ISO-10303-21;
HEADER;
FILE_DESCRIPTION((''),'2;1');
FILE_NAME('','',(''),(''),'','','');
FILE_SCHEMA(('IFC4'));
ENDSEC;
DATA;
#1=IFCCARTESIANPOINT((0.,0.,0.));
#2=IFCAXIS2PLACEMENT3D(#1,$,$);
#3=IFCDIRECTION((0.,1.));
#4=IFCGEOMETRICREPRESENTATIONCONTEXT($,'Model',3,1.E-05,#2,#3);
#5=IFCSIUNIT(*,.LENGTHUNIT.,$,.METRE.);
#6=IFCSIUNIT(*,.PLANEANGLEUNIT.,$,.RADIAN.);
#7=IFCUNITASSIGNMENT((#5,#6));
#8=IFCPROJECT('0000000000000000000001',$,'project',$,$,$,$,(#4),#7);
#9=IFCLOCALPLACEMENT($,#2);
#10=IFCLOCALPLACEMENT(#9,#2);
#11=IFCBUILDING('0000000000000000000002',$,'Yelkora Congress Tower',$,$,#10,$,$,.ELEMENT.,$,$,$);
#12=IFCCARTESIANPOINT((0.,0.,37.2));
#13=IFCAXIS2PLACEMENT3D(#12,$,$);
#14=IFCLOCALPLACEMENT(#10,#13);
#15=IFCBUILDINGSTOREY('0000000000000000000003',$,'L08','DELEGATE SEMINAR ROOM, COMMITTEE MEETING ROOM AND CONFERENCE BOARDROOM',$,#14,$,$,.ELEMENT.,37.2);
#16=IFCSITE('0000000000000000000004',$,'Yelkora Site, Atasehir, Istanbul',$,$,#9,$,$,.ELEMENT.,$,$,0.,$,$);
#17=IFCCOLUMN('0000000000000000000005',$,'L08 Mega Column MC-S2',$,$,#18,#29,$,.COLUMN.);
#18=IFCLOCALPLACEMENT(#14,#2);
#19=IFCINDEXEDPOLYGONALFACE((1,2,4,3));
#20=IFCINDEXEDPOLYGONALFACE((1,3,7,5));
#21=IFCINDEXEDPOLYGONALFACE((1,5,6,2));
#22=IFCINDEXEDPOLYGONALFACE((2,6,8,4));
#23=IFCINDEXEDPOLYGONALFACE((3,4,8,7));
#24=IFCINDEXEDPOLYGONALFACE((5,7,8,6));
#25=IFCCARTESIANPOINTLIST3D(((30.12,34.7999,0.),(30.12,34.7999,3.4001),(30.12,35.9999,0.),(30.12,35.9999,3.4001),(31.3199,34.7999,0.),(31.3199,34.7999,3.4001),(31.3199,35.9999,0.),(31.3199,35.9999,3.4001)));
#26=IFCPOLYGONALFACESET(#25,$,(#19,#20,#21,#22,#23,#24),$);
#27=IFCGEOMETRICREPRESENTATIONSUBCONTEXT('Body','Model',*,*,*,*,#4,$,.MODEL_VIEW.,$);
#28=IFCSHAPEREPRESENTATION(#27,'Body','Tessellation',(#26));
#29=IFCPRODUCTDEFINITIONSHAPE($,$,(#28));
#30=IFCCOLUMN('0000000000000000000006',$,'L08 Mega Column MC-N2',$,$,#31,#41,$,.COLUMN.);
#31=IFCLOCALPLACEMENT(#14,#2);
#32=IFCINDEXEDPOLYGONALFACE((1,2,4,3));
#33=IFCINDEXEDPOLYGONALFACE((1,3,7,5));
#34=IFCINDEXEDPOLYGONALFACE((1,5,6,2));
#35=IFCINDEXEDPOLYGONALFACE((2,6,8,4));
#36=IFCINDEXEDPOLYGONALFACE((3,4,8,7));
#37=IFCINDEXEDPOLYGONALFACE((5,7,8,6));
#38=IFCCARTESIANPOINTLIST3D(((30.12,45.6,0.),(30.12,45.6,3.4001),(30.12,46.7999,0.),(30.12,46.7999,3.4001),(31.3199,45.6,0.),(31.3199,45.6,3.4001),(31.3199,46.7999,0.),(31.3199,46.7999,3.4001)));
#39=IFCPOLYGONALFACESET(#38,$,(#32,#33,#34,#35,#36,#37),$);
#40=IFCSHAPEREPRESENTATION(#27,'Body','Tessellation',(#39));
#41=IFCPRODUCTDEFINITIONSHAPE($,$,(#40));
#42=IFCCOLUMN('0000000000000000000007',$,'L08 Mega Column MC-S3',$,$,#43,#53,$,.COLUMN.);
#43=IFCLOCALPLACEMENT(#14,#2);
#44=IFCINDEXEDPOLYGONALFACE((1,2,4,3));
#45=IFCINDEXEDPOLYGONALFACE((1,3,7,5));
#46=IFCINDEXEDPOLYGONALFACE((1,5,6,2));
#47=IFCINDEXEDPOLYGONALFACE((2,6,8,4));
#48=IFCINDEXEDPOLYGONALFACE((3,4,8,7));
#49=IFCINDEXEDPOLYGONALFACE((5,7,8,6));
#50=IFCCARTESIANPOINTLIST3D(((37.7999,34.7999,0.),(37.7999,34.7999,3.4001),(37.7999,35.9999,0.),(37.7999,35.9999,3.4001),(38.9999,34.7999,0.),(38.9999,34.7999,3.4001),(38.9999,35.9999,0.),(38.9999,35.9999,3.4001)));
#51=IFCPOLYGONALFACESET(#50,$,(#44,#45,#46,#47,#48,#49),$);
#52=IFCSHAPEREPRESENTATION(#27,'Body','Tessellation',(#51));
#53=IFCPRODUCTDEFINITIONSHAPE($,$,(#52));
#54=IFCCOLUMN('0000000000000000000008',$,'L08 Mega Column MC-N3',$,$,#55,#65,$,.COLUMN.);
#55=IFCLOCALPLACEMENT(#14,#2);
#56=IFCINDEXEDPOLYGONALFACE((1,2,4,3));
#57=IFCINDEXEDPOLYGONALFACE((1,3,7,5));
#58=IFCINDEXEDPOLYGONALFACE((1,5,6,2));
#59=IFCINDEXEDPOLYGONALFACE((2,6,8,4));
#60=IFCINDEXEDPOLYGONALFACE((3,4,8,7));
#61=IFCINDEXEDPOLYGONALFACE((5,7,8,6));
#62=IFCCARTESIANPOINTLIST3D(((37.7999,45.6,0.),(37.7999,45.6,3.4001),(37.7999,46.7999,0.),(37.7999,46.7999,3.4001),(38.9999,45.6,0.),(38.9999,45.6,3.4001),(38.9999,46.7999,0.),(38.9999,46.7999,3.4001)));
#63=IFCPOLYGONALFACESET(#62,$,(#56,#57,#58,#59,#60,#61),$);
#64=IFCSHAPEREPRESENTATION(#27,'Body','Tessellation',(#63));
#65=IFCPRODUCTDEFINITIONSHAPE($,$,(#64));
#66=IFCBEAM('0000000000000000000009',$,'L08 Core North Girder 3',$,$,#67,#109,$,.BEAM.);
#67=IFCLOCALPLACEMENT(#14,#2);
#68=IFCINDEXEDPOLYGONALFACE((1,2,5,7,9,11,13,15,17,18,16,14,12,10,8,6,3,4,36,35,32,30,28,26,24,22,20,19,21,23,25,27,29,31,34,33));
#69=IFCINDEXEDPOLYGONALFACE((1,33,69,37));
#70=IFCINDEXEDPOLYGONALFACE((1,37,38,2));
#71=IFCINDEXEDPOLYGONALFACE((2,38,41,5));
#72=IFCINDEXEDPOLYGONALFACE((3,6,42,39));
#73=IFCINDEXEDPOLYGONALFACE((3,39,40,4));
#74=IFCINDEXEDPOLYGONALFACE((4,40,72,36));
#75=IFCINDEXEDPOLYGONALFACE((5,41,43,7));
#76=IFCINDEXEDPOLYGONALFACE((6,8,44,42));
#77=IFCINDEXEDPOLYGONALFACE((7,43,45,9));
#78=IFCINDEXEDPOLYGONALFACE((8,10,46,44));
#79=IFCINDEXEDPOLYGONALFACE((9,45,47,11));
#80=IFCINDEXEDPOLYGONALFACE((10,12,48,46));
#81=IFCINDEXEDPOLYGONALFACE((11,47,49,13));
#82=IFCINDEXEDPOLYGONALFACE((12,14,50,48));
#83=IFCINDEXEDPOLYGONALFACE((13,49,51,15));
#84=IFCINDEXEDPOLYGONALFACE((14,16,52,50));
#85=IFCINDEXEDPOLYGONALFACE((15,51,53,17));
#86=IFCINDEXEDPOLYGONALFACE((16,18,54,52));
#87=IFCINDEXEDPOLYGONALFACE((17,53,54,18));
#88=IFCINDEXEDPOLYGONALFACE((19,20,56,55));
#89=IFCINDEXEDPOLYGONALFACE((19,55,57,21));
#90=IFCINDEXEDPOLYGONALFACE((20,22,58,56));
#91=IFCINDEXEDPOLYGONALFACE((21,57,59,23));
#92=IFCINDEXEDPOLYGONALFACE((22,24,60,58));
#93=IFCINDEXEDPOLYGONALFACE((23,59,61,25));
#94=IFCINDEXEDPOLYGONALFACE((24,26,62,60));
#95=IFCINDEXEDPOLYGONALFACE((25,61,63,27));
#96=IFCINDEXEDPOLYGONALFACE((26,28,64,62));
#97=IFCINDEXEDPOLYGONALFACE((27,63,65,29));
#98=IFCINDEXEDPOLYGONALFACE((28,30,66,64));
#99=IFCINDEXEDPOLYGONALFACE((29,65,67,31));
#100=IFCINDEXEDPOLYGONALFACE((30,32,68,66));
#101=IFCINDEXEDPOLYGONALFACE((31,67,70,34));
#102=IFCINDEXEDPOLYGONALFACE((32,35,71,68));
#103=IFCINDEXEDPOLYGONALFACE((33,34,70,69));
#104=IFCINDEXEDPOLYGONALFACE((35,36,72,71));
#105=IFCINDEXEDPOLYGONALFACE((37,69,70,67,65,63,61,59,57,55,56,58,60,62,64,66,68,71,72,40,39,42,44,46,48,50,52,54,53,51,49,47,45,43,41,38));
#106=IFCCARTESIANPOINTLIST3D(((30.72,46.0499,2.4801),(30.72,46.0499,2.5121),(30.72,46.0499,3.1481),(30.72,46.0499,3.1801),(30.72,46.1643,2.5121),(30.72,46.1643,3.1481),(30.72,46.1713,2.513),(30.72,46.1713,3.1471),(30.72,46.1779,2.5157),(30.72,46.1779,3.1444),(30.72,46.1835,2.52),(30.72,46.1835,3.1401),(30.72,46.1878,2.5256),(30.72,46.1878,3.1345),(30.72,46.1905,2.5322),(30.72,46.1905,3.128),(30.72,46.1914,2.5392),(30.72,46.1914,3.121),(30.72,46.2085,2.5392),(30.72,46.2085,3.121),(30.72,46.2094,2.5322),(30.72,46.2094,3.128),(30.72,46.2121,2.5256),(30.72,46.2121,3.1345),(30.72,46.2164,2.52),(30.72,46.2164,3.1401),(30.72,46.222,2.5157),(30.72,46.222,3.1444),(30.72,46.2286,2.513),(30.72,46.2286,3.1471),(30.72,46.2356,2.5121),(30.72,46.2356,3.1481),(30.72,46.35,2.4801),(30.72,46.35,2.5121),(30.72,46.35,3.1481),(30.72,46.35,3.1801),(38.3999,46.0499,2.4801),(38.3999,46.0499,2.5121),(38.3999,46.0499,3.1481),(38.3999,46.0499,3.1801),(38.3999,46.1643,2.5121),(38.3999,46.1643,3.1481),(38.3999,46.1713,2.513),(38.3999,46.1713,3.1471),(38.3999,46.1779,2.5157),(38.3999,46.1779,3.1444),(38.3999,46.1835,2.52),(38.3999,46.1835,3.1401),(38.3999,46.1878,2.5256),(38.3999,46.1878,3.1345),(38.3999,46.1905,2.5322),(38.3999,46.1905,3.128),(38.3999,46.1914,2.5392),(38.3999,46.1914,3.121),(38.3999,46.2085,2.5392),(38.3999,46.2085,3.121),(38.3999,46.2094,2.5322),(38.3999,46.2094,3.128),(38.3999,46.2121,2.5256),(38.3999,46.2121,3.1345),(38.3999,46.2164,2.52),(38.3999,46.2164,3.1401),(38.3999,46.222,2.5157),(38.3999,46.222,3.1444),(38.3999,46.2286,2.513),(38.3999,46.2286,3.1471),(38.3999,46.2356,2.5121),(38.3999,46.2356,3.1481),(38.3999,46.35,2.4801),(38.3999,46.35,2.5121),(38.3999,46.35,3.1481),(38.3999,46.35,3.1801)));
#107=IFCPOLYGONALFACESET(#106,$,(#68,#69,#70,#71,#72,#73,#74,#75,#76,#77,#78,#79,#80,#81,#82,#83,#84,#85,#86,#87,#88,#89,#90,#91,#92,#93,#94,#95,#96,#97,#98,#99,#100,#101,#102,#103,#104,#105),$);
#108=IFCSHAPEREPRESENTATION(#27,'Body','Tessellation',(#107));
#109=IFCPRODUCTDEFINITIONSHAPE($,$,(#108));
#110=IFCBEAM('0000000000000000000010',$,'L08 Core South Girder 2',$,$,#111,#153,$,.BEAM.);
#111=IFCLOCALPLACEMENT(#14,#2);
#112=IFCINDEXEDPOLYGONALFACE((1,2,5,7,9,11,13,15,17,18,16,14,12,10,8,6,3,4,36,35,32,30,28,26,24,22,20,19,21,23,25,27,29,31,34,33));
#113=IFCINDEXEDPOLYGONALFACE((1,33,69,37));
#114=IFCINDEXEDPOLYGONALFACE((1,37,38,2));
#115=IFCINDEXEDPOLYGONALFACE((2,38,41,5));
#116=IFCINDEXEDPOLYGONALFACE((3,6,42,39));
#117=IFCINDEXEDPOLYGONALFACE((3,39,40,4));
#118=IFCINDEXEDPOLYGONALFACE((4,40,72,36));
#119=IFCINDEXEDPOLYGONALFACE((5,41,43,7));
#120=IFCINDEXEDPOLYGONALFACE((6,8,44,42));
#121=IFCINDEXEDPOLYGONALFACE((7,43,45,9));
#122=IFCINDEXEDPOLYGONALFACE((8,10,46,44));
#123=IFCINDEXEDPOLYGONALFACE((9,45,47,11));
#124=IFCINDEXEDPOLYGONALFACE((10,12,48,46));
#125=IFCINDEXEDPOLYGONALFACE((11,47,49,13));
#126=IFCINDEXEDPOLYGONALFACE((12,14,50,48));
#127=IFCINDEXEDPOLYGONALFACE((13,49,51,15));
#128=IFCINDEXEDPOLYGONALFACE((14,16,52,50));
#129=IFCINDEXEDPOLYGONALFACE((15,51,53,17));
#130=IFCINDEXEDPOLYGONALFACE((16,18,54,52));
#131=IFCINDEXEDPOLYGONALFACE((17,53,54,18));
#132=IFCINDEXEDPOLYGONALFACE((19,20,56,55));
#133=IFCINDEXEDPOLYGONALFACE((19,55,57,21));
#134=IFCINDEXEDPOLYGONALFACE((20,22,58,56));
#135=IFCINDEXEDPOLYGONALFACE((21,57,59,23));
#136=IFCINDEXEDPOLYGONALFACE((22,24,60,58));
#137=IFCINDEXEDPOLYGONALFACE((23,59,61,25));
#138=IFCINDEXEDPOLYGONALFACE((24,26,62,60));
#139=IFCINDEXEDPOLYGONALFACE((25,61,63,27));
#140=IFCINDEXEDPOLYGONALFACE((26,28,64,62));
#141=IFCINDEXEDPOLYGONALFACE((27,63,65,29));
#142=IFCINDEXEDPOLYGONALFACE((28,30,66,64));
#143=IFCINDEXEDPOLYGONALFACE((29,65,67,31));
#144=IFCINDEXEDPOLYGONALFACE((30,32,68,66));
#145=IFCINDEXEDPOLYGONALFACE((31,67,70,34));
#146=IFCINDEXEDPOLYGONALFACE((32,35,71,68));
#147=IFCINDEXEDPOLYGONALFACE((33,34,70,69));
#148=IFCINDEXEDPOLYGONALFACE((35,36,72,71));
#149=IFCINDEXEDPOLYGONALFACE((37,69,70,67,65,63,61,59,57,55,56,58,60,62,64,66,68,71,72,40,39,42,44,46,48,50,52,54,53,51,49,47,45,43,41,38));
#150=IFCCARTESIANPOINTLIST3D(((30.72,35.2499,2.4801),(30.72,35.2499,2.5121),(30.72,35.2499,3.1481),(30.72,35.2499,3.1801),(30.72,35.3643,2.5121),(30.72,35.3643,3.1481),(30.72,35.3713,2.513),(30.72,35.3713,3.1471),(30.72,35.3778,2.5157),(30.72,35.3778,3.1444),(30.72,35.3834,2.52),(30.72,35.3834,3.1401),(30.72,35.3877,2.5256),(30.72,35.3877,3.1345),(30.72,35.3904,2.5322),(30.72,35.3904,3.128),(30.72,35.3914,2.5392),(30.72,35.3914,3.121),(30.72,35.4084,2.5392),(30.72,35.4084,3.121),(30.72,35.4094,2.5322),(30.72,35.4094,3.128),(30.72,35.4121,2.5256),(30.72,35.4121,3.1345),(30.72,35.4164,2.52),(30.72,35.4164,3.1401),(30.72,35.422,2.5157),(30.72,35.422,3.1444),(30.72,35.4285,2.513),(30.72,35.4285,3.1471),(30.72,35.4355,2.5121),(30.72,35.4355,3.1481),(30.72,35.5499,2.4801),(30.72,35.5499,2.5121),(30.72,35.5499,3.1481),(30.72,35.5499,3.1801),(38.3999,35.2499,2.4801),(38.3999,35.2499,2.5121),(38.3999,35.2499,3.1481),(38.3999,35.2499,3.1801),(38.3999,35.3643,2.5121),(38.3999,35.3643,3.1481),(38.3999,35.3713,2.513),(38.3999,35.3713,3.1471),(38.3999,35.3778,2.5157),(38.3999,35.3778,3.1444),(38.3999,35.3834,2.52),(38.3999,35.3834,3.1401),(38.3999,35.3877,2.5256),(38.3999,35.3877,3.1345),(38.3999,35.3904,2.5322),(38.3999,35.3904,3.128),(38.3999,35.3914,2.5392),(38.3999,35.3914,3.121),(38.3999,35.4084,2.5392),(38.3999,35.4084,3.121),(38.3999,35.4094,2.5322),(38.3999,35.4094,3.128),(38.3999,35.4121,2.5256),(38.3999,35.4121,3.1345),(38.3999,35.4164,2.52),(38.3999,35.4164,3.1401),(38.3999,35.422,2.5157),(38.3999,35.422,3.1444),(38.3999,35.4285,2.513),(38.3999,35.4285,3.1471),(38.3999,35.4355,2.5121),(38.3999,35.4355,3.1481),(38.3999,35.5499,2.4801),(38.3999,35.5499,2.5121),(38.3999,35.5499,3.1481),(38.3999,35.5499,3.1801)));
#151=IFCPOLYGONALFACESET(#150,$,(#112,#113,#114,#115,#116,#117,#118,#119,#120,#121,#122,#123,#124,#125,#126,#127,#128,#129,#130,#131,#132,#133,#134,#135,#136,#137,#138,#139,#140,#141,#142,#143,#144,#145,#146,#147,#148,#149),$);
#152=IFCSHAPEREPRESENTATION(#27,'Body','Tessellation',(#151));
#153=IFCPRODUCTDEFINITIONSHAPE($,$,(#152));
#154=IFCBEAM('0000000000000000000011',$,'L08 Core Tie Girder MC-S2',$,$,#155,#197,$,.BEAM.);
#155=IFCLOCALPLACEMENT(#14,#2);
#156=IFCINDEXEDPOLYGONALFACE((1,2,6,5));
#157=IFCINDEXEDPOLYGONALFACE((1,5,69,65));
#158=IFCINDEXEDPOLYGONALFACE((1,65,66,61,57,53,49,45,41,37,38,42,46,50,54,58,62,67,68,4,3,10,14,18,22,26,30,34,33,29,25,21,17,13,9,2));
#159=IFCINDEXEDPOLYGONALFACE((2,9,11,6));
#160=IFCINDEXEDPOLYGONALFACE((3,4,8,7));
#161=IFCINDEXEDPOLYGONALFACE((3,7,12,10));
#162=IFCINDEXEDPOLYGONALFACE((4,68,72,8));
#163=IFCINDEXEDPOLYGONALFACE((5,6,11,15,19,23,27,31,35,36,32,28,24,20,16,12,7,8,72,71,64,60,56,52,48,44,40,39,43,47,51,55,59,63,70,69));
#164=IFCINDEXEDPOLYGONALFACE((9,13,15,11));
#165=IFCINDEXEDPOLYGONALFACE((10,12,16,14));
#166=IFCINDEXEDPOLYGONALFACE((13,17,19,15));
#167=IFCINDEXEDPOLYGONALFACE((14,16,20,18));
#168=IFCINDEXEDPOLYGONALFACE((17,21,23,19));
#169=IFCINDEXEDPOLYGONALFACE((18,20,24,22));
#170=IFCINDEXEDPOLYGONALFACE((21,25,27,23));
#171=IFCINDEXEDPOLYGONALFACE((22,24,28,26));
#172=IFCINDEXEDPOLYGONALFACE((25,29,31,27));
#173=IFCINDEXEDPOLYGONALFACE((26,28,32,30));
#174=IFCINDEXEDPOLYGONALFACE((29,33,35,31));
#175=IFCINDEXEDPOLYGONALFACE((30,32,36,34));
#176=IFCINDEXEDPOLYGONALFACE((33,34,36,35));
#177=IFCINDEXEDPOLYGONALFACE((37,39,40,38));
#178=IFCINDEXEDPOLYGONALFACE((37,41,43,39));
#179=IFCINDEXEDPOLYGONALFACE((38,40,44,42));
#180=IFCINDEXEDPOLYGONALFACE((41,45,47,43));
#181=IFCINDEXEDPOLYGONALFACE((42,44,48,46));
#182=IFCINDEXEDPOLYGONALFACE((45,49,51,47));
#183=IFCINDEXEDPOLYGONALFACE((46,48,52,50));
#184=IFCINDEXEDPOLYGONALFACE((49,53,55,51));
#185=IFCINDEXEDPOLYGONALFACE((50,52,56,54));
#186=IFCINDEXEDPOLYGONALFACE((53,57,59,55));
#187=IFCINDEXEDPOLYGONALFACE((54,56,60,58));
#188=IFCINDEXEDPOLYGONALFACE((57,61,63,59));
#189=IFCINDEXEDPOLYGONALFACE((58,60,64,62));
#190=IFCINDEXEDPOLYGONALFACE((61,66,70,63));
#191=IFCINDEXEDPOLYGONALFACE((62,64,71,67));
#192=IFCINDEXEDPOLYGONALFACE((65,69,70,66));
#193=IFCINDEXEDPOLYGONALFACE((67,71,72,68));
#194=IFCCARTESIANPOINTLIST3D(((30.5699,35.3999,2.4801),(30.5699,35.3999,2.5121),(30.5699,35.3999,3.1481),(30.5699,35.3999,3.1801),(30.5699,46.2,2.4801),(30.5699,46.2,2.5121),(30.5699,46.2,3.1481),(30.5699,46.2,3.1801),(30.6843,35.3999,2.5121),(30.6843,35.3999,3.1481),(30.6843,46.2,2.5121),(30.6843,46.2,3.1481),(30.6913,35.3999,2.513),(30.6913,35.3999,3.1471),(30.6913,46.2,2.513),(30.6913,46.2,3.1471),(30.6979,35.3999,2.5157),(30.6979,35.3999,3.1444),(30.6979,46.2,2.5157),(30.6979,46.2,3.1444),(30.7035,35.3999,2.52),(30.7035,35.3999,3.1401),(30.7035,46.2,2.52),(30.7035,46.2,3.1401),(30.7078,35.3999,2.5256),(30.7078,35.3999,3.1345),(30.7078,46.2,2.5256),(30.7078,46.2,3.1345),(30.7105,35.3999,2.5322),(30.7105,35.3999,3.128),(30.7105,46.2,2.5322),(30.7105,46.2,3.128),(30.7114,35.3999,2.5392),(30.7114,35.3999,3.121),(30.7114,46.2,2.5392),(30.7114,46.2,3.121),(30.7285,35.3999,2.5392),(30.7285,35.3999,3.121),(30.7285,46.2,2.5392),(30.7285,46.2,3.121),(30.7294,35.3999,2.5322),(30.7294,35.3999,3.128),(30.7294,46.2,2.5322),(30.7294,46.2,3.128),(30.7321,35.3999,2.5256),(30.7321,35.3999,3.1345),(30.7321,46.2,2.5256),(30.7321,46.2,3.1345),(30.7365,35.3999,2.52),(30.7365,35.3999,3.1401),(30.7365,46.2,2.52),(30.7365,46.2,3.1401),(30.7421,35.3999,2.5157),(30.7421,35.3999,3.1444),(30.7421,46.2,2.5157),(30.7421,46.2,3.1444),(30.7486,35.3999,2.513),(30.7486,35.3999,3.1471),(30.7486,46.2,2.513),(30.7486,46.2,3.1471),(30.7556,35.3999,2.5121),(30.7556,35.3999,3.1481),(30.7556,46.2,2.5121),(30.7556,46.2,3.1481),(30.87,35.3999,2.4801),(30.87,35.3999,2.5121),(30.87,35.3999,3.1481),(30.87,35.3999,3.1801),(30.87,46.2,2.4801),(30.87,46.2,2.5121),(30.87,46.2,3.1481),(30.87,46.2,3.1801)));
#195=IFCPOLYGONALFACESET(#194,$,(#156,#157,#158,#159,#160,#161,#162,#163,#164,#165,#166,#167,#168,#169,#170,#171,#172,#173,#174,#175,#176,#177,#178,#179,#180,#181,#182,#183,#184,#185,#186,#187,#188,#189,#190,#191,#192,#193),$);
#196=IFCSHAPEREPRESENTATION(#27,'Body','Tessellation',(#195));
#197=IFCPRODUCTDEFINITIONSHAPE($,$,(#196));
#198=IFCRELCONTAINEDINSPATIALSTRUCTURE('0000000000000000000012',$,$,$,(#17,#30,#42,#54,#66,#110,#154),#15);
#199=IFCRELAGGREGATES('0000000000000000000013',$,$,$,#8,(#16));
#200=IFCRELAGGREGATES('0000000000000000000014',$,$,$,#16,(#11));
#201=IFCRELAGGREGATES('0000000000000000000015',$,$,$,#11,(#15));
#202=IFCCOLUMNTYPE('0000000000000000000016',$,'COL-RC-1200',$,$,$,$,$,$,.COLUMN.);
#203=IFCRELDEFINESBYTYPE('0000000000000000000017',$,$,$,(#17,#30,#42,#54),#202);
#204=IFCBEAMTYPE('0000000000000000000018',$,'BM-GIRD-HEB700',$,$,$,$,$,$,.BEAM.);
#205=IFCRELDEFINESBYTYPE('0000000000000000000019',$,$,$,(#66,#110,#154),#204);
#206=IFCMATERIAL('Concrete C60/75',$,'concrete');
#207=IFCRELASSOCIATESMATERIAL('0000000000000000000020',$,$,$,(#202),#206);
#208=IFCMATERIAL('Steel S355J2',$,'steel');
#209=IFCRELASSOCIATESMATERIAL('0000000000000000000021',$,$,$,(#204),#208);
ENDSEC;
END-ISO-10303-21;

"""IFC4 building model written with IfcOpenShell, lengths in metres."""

from ifc_helpers import new_model, si_unit, direction, frame, origin, origin_2d, place, context, subcontext, project, spatial, rectangle, i_section, extrude, material, material_profile, profile_set, type_object, element, save


model = new_model("IFC4")

# Units and contexts
model_context = context("Model", 3, precision=1e-05, world=origin(), true_north=direction((0.0, 1.0)))
body_context = subcontext(model_context, "Body", "Model", "MODEL_VIEW")
ifc_project = project(units=[si_unit("LENGTHUNIT", "METRE"), si_unit("PLANEANGLEUNIT", "RADIAN")], contexts=[model_context])

# Site, building, storey
site_placement = place(None, origin())
site = spatial("IfcSite", under=ifc_project, at=site_placement, Name="Yelkora Site, Atasehir, Istanbul", CompositionType="ELEMENT", RefElevation=0.0)
building_placement = place(site_placement, origin())
building = spatial("IfcBuilding", under=site, at=building_placement, Name="Yelkora Congress Tower", CompositionType="ELEMENT")
storey_placement = place(building_placement, frame((0.0, 0.0, 37.2)))
storey = spatial("IfcBuildingStorey", under=building, at=storey_placement, Name="L08", Description="DELEGATE SEMINAR ROOM, COMMITTEE MEETING ROOM AND CONFERENCE BOARDROOM", CompositionType="ELEMENT", Elevation=37.2)

# Columns
ifc_material_1 = material(Name="Concrete C60/75", Category="concrete")
ifc_material_profile_1 = material_profile(ifc_material_1, rectangle(XDim=1.2, YDim=1.2, at=origin_2d()), Name="RC 1200x1200")
ifc_profile_set_1 = profile_set([ifc_material_profile_1], Name="Concrete C60/75")
column_type = type_object("IfcColumnType", Name="COL-RC-1200", PredefinedType="COLUMN", material=ifc_profile_set_1)
for number, where, z_axis, x_axis, name in (
    (1, (30.72, 35.3999, 0.0), (0.0, 0.0, 1.0), (1.0, 0.0, 0.0), "L08 Mega Column MC-S2"),
    (2, (30.72, 46.2, 0.0), (0.0, 0.0, 1.0), (1.0, 0.0, 0.0), "L08 Mega Column MC-N2"),
    (3, (38.3999, 35.3999, 0.0), (0.0, 0.0, 1.0), (1.0, 0.0, 0.0), "L08 Mega Column MC-S3"),
    (4, (38.3999, 46.2, 0.0), (0.0, 0.0, 1.0), (1.0, 0.0, 0.0), "L08 Mega Column MC-N3"),
):
    element("IfcColumn", number, at=place(storey_placement, frame(where, z_axis=z_axis, x_axis=x_axis)), inside=storey, type_object=column_type, Name=name, PredefinedType="COLUMN", context=body_context, shape_type="SweptSolid", body=[
        extrude(rectangle(XDim=1.2, YDim=1.2, at=origin_2d()), origin(), (0.0, 0.0, 1.0), 3.4001),
    ])

# Beams
ifc_material_2 = material(Name="Steel S355J2", Category="steel")
ifc_material_profile_2 = material_profile(ifc_material_2, i_section(OverallWidth=0.3, OverallDepth=0.7, WebThickness=0.0171, FlangeThickness=0.032, FilletRadius=0.0271, at=origin_2d()), Name="HEB 700")
ifc_profile_set_2 = profile_set([ifc_material_profile_2], Name="Steel S355J2")
beam_type = type_object("IfcBeamType", Name="BM-GIRD-HEB700", PredefinedType="BEAM", material=ifc_profile_set_2)
for number, where, z_axis, x_axis, name in (
    (5, (30.72, 46.2, 2.8301), (1.0, 0.0, 0.0), (0.0, 1.0, 0.0), "L08 Core North Girder 3"),
    (6, (30.72, 35.3999, 2.8301), (1.0, 0.0, 0.0), (0.0, 1.0, 0.0), "L08 Core South Girder 2"),
):
    element("IfcBeam", number, at=place(storey_placement, frame(where, z_axis=z_axis, x_axis=x_axis)), inside=storey, type_object=beam_type, Name=name, PredefinedType="BEAM", context=body_context, shape_type="SweptSolid", body=[
        extrude(i_section(OverallWidth=0.3, OverallDepth=0.7, WebThickness=0.0171, FlangeThickness=0.032, FilletRadius=0.0271, at=origin_2d()), origin(), (0.0, 0.0, 1.0), 7.6799),
    ])
beam_placement = place(storey_placement, frame((30.72, 35.3999, 2.8301), z_axis=(0.0, 1.0, 0.0), x_axis=(-1.0, 0.0, 0.0)))
element("IfcBeam", 7, at=beam_placement, inside=storey, type_object=beam_type, Name="L08 Core Tie Girder MC-S2", PredefinedType="BEAM", context=body_context, shape_type="SweptSolid", body=[
    extrude(i_section(OverallWidth=0.3, OverallDepth=0.7, WebThickness=0.0171, FlangeThickness=0.032, FilletRadius=0.0271, at=origin_2d()), origin(), (0.0, 0.0, 1.0), 10.8),
])

save(model, "model.ifc")
